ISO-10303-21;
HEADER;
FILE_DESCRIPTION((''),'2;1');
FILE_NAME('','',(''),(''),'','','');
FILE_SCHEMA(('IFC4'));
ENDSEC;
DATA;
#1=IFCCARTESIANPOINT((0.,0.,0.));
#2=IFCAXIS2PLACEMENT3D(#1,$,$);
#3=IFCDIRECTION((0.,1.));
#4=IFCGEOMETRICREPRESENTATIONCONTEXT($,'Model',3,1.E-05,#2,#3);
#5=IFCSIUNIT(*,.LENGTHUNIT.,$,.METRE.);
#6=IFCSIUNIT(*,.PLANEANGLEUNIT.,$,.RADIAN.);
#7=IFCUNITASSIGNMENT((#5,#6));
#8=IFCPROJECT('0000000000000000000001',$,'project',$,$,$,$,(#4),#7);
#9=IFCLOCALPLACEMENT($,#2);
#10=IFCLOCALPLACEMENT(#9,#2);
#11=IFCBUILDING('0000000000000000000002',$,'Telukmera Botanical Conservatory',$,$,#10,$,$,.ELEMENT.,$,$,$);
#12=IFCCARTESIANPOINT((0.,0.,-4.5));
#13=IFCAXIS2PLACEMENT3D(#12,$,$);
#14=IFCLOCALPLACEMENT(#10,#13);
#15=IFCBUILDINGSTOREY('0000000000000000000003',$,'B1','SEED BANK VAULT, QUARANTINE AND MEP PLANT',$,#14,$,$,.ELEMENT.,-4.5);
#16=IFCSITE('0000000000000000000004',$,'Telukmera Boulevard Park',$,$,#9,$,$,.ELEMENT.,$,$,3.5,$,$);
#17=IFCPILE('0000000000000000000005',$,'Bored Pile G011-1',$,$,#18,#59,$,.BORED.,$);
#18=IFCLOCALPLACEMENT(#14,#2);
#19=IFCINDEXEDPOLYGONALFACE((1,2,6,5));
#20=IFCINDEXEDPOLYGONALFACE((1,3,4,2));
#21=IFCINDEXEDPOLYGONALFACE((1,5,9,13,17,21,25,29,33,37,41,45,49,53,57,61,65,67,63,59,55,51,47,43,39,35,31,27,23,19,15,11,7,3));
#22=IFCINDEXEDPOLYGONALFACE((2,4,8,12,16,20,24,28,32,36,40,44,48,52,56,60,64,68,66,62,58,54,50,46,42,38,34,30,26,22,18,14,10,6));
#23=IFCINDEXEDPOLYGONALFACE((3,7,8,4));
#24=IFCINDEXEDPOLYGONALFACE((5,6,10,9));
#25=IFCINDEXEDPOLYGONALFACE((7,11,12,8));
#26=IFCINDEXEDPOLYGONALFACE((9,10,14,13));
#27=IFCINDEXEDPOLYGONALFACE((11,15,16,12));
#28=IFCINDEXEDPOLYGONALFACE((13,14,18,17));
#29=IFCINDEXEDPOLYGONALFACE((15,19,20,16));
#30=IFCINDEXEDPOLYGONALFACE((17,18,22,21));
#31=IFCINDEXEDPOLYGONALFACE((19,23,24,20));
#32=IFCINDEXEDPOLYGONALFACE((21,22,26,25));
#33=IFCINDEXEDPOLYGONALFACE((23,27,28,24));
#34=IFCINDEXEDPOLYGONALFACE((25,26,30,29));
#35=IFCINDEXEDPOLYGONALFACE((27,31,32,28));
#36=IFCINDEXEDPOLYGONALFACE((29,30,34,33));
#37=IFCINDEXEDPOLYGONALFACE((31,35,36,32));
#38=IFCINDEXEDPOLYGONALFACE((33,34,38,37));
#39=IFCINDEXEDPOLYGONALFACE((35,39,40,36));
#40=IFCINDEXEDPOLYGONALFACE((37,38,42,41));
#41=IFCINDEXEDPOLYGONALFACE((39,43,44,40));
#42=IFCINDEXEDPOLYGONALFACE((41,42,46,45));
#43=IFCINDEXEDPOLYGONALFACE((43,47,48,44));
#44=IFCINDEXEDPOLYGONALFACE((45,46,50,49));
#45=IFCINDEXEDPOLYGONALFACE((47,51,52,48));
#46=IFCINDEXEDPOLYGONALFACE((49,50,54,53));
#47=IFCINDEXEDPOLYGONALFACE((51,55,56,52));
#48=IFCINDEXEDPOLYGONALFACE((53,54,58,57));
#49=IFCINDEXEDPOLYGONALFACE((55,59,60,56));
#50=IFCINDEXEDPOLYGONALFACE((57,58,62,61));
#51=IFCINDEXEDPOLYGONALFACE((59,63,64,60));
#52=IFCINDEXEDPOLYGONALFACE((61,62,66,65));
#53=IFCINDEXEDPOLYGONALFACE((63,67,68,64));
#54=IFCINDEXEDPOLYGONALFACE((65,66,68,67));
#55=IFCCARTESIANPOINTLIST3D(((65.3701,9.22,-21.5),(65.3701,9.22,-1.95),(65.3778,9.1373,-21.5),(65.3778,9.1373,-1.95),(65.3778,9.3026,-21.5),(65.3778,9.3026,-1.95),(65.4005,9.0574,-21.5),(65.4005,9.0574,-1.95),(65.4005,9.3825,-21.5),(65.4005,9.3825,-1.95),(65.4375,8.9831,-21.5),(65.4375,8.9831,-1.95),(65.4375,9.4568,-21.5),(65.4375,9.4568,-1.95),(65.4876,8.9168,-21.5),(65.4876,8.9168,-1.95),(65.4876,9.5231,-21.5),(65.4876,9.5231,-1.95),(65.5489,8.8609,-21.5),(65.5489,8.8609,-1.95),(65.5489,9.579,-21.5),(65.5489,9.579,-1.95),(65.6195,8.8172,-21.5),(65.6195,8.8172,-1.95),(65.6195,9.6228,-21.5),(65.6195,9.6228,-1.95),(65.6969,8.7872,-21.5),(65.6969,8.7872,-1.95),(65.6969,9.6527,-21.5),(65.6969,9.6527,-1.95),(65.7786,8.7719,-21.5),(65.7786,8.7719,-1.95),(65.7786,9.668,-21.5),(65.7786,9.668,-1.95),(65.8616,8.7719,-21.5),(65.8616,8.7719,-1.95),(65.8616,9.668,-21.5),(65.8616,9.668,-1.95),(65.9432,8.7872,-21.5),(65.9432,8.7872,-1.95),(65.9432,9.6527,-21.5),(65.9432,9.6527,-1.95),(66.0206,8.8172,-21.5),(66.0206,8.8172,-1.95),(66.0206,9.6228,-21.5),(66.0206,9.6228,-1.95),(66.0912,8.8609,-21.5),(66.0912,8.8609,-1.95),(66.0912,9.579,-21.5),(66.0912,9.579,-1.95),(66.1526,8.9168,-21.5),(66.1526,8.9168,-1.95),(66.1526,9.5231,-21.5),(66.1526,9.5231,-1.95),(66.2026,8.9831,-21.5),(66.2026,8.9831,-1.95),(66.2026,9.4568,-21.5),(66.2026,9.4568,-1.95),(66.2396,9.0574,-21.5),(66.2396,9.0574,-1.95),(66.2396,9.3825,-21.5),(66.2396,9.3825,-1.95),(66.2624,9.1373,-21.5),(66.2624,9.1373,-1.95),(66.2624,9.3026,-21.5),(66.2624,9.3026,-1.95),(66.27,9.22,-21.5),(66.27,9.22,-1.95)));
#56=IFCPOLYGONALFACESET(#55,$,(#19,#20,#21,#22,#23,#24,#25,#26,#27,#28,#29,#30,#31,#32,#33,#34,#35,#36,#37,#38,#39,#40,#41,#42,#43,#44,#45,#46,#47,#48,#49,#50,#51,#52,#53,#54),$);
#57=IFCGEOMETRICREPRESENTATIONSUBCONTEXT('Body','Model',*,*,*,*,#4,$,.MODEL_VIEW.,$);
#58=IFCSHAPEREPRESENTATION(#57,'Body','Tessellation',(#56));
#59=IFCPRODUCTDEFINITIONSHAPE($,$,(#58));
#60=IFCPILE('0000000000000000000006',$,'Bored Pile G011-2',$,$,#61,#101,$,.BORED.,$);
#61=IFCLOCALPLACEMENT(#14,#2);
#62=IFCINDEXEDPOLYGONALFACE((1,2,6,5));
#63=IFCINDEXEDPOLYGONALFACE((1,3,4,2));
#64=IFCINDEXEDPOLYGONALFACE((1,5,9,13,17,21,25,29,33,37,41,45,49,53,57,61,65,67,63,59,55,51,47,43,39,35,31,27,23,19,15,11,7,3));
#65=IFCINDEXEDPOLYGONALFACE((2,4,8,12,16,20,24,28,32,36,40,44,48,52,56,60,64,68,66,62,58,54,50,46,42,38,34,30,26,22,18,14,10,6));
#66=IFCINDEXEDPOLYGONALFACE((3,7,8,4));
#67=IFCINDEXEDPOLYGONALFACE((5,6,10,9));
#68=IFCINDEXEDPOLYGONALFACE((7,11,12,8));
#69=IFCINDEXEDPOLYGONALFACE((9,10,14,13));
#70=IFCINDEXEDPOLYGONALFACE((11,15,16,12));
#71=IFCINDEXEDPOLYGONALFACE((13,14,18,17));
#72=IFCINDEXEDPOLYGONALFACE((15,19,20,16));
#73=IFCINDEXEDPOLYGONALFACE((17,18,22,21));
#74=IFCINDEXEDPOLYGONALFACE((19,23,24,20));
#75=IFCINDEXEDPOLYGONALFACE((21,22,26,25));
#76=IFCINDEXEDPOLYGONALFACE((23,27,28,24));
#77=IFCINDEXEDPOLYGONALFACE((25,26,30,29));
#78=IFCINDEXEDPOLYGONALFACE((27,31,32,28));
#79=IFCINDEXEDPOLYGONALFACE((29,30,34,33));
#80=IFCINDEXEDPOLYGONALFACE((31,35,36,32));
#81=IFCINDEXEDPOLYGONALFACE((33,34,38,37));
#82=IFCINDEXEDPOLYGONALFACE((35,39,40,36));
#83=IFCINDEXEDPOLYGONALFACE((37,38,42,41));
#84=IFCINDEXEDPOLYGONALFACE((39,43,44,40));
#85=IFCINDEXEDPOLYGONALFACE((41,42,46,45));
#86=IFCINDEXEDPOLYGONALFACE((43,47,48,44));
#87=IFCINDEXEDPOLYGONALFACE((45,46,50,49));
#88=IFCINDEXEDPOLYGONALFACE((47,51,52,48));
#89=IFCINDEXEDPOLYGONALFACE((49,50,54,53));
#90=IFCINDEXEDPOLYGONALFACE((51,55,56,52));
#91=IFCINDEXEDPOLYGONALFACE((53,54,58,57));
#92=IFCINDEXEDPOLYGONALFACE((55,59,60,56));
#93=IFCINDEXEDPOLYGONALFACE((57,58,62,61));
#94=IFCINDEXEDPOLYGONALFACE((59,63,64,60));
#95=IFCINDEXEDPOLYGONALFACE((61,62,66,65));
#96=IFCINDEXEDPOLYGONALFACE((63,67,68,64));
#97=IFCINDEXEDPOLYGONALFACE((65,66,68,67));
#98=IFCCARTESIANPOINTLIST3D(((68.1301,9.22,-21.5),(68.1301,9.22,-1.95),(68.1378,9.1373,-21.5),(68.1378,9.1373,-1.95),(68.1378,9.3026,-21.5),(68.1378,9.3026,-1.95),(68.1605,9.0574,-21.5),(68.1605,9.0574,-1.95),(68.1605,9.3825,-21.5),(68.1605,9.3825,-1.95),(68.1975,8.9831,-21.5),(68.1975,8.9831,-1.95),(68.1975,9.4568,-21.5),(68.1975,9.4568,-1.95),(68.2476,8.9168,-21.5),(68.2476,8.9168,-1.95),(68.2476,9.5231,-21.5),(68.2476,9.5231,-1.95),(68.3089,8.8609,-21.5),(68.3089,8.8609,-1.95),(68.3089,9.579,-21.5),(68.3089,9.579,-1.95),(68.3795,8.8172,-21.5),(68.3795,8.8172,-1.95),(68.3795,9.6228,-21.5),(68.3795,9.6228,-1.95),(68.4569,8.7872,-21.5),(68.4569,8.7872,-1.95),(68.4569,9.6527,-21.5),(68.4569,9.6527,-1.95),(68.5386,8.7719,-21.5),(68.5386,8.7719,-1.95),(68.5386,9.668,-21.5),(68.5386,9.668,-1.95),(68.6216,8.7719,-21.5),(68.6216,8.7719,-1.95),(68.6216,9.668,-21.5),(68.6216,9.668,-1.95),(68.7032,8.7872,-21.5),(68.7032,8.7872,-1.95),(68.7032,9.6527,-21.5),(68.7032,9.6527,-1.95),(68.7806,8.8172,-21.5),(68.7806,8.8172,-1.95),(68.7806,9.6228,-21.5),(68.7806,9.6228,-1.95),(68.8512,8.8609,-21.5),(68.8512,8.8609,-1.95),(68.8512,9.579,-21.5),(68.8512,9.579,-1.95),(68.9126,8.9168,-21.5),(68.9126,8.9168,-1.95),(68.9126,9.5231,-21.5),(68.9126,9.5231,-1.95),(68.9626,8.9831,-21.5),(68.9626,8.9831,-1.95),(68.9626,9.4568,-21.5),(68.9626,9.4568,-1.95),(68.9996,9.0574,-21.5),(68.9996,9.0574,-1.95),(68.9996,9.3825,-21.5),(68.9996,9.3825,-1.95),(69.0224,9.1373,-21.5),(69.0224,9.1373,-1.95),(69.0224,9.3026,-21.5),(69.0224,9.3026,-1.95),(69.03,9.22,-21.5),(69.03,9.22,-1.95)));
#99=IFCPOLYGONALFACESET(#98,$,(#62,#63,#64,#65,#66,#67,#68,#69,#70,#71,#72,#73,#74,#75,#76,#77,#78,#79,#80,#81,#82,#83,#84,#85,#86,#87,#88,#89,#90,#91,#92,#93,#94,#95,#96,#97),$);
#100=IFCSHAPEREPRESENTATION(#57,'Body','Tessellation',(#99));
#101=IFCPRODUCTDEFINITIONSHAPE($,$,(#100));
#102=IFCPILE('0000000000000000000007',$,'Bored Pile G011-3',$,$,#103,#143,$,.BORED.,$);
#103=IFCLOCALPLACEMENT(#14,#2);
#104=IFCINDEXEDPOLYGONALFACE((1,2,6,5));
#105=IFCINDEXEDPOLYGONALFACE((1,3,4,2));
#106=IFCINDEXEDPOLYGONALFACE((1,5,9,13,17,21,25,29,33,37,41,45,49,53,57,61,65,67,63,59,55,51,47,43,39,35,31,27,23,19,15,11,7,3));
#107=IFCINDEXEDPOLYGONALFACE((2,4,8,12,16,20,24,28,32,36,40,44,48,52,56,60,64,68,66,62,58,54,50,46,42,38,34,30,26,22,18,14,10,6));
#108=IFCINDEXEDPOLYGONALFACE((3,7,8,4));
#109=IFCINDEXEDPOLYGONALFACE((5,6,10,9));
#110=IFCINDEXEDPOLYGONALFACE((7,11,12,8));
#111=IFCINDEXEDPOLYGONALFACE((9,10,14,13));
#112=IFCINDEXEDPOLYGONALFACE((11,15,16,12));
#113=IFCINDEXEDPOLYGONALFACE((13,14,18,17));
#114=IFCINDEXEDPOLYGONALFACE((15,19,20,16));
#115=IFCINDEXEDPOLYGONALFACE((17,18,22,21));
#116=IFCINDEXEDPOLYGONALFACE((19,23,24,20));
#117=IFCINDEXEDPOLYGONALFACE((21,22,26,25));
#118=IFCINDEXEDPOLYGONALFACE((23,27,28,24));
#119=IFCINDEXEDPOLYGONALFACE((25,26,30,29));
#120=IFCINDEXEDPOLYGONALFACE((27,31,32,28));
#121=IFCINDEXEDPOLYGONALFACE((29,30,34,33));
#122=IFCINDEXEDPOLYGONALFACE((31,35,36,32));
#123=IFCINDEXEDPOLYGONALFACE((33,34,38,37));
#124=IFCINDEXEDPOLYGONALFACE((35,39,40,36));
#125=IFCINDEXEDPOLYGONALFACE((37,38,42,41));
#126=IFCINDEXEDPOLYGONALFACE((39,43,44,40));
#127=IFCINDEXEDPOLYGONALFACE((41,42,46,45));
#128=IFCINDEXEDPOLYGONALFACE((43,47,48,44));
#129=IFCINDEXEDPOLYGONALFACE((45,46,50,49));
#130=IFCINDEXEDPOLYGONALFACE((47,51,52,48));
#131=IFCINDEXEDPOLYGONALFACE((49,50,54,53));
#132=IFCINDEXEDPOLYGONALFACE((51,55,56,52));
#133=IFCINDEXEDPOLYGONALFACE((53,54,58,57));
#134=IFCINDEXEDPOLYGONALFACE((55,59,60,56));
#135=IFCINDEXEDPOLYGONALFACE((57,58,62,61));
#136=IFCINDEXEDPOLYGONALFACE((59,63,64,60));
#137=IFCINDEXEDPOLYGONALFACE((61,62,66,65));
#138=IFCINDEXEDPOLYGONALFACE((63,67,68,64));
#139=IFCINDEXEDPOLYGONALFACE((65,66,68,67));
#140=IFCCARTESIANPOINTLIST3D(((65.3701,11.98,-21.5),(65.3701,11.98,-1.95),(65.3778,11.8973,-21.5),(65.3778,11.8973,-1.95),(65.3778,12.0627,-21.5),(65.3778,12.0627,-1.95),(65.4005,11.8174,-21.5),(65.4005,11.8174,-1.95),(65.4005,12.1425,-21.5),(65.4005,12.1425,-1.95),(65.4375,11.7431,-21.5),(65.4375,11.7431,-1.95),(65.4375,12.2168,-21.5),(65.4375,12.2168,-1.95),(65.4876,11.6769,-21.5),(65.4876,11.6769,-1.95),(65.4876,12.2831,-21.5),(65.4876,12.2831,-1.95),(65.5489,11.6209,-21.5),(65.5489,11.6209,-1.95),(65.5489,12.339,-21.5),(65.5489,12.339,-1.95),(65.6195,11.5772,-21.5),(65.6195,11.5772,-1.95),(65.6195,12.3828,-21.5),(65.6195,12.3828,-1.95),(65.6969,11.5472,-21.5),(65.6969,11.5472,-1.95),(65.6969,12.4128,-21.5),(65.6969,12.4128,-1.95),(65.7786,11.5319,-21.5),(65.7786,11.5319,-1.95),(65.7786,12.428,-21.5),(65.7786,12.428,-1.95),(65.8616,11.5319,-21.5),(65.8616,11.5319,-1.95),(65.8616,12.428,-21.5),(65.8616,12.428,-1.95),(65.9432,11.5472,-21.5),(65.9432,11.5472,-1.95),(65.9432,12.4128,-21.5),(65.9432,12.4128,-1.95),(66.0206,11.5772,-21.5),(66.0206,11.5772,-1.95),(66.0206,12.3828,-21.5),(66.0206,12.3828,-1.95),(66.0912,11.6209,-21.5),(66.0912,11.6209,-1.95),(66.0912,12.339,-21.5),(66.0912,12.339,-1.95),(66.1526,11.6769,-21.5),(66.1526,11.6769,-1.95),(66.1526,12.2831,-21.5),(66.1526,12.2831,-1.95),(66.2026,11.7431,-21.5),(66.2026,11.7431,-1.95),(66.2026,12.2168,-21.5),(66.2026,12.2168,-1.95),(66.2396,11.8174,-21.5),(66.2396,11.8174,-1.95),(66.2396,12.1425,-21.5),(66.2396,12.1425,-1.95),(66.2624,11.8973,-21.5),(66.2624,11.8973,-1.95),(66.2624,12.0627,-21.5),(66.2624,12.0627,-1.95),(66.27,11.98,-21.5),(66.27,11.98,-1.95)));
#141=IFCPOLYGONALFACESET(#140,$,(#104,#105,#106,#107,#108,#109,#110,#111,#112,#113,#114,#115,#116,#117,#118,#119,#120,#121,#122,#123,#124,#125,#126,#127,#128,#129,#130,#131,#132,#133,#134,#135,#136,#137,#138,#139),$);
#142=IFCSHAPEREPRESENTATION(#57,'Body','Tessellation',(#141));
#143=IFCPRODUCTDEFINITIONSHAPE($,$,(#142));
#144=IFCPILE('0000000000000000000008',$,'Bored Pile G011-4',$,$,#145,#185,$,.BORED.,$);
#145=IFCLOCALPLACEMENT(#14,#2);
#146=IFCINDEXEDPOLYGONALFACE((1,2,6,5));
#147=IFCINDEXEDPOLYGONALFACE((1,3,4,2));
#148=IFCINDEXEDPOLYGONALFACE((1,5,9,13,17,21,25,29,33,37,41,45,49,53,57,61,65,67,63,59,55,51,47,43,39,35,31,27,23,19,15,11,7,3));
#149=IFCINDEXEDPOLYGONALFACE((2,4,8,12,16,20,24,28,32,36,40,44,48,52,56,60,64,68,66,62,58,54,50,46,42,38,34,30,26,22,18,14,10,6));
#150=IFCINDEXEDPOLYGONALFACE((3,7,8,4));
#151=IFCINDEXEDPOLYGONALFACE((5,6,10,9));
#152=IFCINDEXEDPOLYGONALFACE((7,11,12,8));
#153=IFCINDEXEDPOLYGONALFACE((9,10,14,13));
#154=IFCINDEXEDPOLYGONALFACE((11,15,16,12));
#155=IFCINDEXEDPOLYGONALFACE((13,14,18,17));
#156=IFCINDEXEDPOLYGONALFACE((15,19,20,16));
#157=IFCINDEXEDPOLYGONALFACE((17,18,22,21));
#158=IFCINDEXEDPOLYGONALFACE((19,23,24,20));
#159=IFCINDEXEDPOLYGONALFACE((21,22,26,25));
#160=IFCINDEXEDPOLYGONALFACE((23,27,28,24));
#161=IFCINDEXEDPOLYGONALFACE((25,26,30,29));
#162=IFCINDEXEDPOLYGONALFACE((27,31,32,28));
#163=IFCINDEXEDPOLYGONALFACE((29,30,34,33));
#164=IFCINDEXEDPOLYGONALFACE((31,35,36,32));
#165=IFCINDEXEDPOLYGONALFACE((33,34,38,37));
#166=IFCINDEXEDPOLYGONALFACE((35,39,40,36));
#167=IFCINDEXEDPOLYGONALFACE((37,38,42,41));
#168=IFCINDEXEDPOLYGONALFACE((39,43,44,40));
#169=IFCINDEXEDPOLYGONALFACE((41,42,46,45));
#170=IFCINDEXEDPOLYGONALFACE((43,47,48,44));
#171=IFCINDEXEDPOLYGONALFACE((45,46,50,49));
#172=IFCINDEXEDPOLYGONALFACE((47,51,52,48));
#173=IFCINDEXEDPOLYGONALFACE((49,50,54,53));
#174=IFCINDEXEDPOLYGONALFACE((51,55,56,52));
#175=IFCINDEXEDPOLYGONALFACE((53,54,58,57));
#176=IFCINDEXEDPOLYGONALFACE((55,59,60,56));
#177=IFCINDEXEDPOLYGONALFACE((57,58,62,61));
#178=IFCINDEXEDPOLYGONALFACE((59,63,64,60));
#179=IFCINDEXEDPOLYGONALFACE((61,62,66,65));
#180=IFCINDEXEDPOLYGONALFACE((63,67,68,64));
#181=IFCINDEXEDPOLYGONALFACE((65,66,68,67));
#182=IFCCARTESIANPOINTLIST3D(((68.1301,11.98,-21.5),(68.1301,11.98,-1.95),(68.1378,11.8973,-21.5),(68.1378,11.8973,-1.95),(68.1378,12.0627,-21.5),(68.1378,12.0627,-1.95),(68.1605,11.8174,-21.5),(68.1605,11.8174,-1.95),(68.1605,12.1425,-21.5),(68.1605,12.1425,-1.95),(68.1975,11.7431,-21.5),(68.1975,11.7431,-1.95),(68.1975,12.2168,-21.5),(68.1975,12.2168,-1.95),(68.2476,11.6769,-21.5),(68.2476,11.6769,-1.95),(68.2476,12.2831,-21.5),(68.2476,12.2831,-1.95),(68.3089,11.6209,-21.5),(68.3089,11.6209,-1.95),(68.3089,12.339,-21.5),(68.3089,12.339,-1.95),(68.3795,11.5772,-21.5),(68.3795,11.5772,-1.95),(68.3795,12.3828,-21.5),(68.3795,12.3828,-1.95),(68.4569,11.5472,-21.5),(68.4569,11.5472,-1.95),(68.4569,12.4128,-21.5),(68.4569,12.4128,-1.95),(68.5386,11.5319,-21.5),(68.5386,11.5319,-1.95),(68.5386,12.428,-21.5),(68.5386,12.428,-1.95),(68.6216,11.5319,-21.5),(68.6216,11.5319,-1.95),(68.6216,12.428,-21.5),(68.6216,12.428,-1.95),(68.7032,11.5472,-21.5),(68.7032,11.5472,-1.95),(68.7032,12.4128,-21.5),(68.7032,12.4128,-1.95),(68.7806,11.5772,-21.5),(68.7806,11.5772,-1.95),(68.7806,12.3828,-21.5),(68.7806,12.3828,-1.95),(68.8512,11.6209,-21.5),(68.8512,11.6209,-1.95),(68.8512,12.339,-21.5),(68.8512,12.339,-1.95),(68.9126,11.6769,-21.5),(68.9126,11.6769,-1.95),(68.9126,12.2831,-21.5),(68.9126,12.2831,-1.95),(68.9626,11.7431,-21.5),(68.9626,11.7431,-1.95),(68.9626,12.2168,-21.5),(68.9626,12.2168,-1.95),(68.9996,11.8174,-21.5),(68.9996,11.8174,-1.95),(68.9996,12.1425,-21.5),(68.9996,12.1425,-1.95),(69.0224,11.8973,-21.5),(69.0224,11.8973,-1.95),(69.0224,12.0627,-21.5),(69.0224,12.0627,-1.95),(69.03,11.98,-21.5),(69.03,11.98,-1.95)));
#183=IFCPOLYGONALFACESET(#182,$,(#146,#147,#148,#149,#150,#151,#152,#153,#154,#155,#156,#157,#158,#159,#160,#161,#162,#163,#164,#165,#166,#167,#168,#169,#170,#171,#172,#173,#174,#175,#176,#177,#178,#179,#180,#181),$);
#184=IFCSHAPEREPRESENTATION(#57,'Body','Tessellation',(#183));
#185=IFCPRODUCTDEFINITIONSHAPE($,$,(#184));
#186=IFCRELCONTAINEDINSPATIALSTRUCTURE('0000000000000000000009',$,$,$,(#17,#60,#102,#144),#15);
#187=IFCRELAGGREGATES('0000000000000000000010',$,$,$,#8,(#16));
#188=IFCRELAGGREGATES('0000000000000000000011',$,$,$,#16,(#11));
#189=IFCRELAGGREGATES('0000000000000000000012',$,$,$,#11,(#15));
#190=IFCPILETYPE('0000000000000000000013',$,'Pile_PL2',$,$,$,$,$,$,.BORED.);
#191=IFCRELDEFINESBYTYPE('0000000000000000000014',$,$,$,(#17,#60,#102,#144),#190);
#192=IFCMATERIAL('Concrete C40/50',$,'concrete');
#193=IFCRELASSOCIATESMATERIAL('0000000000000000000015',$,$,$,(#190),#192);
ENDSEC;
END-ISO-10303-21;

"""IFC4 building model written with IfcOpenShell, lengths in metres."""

from ifc_helpers import new_model, si_unit, direction, frame, origin, origin_2d, place, context, subcontext, project, spatial, circle, extrude, material, material_profile, profile_set, type_object, element, save


model = new_model("IFC4")

# Units and contexts
model_context = context("Model", 3, precision=1e-05, world=origin(), true_north=direction((0.0, 1.0)))
body_context = subcontext(model_context, "Body", "Model", "MODEL_VIEW")
ifc_project = project(units=[si_unit("LENGTHUNIT", "METRE"), si_unit("PLANEANGLEUNIT", "RADIAN")], contexts=[model_context])

# Site, building, storey
site_placement = place(None, origin())
site = spatial("IfcSite", under=ifc_project, at=site_placement, Name="Telukmera Boulevard Park", CompositionType="ELEMENT", RefElevation=3.5)
building_placement = place(site_placement, origin())
building = spatial("IfcBuilding", under=site, at=building_placement, Name="Telukmera Botanical Conservatory", CompositionType="ELEMENT")
storey_placement = place(building_placement, frame((0.0, 0.0, -4.5)))
storey = spatial("IfcBuildingStorey", under=building, at=storey_placement, Name="B1", Description="SEED BANK VAULT, QUARANTINE AND MEP PLANT", CompositionType="ELEMENT", Elevation=-4.5)

# Shared definitions
ifc_material_1 = material(Name="Concrete C40/50", Category="concrete")

# Piles
ifc_material_profile_1 = material_profile(ifc_material_1, circle(Radius=0.45, at=origin_2d()), Name="PILE D900")
ifc_profile_set_1 = profile_set([ifc_material_profile_1], Name="Concrete C40/50")
pile_type_1 = type_object("IfcPileType", Name="Pile_PL2", PredefinedType="BORED", material=ifc_profile_set_1)
for number, where, z_axis, x_axis, name in (
    (1, (65.8201, 9.22, -1.95), (0.0, 0.0, -1.0), (1.0, 0.0, 0.0), "Bored Pile G011-1"),
    (2, (68.5801, 9.22, -1.95), (0.0, 0.0, -1.0), (1.0, 0.0, 0.0), "Bored Pile G011-2"),
    (3, (65.8201, 11.98, -1.95), (0.0, 0.0, -1.0), (1.0, 0.0, 0.0), "Bored Pile G011-3"),
    (4, (68.5801, 11.98, -1.95), (0.0, 0.0, -1.0), (1.0, 0.0, 0.0), "Bored Pile G011-4"),
):
    element("IfcPile", number, at=place(storey_placement, frame(where, z_axis=z_axis, x_axis=x_axis)), inside=storey, type_object=pile_type_1, Name=name, PredefinedType="BORED", context=body_context, shape_type="SweptSolid", body=[
        extrude(circle(Radius=0.45, at=origin_2d()), origin(), (0.0, 0.0, 1.0), 19.55),
    ])

save(model, "model.ifc")
